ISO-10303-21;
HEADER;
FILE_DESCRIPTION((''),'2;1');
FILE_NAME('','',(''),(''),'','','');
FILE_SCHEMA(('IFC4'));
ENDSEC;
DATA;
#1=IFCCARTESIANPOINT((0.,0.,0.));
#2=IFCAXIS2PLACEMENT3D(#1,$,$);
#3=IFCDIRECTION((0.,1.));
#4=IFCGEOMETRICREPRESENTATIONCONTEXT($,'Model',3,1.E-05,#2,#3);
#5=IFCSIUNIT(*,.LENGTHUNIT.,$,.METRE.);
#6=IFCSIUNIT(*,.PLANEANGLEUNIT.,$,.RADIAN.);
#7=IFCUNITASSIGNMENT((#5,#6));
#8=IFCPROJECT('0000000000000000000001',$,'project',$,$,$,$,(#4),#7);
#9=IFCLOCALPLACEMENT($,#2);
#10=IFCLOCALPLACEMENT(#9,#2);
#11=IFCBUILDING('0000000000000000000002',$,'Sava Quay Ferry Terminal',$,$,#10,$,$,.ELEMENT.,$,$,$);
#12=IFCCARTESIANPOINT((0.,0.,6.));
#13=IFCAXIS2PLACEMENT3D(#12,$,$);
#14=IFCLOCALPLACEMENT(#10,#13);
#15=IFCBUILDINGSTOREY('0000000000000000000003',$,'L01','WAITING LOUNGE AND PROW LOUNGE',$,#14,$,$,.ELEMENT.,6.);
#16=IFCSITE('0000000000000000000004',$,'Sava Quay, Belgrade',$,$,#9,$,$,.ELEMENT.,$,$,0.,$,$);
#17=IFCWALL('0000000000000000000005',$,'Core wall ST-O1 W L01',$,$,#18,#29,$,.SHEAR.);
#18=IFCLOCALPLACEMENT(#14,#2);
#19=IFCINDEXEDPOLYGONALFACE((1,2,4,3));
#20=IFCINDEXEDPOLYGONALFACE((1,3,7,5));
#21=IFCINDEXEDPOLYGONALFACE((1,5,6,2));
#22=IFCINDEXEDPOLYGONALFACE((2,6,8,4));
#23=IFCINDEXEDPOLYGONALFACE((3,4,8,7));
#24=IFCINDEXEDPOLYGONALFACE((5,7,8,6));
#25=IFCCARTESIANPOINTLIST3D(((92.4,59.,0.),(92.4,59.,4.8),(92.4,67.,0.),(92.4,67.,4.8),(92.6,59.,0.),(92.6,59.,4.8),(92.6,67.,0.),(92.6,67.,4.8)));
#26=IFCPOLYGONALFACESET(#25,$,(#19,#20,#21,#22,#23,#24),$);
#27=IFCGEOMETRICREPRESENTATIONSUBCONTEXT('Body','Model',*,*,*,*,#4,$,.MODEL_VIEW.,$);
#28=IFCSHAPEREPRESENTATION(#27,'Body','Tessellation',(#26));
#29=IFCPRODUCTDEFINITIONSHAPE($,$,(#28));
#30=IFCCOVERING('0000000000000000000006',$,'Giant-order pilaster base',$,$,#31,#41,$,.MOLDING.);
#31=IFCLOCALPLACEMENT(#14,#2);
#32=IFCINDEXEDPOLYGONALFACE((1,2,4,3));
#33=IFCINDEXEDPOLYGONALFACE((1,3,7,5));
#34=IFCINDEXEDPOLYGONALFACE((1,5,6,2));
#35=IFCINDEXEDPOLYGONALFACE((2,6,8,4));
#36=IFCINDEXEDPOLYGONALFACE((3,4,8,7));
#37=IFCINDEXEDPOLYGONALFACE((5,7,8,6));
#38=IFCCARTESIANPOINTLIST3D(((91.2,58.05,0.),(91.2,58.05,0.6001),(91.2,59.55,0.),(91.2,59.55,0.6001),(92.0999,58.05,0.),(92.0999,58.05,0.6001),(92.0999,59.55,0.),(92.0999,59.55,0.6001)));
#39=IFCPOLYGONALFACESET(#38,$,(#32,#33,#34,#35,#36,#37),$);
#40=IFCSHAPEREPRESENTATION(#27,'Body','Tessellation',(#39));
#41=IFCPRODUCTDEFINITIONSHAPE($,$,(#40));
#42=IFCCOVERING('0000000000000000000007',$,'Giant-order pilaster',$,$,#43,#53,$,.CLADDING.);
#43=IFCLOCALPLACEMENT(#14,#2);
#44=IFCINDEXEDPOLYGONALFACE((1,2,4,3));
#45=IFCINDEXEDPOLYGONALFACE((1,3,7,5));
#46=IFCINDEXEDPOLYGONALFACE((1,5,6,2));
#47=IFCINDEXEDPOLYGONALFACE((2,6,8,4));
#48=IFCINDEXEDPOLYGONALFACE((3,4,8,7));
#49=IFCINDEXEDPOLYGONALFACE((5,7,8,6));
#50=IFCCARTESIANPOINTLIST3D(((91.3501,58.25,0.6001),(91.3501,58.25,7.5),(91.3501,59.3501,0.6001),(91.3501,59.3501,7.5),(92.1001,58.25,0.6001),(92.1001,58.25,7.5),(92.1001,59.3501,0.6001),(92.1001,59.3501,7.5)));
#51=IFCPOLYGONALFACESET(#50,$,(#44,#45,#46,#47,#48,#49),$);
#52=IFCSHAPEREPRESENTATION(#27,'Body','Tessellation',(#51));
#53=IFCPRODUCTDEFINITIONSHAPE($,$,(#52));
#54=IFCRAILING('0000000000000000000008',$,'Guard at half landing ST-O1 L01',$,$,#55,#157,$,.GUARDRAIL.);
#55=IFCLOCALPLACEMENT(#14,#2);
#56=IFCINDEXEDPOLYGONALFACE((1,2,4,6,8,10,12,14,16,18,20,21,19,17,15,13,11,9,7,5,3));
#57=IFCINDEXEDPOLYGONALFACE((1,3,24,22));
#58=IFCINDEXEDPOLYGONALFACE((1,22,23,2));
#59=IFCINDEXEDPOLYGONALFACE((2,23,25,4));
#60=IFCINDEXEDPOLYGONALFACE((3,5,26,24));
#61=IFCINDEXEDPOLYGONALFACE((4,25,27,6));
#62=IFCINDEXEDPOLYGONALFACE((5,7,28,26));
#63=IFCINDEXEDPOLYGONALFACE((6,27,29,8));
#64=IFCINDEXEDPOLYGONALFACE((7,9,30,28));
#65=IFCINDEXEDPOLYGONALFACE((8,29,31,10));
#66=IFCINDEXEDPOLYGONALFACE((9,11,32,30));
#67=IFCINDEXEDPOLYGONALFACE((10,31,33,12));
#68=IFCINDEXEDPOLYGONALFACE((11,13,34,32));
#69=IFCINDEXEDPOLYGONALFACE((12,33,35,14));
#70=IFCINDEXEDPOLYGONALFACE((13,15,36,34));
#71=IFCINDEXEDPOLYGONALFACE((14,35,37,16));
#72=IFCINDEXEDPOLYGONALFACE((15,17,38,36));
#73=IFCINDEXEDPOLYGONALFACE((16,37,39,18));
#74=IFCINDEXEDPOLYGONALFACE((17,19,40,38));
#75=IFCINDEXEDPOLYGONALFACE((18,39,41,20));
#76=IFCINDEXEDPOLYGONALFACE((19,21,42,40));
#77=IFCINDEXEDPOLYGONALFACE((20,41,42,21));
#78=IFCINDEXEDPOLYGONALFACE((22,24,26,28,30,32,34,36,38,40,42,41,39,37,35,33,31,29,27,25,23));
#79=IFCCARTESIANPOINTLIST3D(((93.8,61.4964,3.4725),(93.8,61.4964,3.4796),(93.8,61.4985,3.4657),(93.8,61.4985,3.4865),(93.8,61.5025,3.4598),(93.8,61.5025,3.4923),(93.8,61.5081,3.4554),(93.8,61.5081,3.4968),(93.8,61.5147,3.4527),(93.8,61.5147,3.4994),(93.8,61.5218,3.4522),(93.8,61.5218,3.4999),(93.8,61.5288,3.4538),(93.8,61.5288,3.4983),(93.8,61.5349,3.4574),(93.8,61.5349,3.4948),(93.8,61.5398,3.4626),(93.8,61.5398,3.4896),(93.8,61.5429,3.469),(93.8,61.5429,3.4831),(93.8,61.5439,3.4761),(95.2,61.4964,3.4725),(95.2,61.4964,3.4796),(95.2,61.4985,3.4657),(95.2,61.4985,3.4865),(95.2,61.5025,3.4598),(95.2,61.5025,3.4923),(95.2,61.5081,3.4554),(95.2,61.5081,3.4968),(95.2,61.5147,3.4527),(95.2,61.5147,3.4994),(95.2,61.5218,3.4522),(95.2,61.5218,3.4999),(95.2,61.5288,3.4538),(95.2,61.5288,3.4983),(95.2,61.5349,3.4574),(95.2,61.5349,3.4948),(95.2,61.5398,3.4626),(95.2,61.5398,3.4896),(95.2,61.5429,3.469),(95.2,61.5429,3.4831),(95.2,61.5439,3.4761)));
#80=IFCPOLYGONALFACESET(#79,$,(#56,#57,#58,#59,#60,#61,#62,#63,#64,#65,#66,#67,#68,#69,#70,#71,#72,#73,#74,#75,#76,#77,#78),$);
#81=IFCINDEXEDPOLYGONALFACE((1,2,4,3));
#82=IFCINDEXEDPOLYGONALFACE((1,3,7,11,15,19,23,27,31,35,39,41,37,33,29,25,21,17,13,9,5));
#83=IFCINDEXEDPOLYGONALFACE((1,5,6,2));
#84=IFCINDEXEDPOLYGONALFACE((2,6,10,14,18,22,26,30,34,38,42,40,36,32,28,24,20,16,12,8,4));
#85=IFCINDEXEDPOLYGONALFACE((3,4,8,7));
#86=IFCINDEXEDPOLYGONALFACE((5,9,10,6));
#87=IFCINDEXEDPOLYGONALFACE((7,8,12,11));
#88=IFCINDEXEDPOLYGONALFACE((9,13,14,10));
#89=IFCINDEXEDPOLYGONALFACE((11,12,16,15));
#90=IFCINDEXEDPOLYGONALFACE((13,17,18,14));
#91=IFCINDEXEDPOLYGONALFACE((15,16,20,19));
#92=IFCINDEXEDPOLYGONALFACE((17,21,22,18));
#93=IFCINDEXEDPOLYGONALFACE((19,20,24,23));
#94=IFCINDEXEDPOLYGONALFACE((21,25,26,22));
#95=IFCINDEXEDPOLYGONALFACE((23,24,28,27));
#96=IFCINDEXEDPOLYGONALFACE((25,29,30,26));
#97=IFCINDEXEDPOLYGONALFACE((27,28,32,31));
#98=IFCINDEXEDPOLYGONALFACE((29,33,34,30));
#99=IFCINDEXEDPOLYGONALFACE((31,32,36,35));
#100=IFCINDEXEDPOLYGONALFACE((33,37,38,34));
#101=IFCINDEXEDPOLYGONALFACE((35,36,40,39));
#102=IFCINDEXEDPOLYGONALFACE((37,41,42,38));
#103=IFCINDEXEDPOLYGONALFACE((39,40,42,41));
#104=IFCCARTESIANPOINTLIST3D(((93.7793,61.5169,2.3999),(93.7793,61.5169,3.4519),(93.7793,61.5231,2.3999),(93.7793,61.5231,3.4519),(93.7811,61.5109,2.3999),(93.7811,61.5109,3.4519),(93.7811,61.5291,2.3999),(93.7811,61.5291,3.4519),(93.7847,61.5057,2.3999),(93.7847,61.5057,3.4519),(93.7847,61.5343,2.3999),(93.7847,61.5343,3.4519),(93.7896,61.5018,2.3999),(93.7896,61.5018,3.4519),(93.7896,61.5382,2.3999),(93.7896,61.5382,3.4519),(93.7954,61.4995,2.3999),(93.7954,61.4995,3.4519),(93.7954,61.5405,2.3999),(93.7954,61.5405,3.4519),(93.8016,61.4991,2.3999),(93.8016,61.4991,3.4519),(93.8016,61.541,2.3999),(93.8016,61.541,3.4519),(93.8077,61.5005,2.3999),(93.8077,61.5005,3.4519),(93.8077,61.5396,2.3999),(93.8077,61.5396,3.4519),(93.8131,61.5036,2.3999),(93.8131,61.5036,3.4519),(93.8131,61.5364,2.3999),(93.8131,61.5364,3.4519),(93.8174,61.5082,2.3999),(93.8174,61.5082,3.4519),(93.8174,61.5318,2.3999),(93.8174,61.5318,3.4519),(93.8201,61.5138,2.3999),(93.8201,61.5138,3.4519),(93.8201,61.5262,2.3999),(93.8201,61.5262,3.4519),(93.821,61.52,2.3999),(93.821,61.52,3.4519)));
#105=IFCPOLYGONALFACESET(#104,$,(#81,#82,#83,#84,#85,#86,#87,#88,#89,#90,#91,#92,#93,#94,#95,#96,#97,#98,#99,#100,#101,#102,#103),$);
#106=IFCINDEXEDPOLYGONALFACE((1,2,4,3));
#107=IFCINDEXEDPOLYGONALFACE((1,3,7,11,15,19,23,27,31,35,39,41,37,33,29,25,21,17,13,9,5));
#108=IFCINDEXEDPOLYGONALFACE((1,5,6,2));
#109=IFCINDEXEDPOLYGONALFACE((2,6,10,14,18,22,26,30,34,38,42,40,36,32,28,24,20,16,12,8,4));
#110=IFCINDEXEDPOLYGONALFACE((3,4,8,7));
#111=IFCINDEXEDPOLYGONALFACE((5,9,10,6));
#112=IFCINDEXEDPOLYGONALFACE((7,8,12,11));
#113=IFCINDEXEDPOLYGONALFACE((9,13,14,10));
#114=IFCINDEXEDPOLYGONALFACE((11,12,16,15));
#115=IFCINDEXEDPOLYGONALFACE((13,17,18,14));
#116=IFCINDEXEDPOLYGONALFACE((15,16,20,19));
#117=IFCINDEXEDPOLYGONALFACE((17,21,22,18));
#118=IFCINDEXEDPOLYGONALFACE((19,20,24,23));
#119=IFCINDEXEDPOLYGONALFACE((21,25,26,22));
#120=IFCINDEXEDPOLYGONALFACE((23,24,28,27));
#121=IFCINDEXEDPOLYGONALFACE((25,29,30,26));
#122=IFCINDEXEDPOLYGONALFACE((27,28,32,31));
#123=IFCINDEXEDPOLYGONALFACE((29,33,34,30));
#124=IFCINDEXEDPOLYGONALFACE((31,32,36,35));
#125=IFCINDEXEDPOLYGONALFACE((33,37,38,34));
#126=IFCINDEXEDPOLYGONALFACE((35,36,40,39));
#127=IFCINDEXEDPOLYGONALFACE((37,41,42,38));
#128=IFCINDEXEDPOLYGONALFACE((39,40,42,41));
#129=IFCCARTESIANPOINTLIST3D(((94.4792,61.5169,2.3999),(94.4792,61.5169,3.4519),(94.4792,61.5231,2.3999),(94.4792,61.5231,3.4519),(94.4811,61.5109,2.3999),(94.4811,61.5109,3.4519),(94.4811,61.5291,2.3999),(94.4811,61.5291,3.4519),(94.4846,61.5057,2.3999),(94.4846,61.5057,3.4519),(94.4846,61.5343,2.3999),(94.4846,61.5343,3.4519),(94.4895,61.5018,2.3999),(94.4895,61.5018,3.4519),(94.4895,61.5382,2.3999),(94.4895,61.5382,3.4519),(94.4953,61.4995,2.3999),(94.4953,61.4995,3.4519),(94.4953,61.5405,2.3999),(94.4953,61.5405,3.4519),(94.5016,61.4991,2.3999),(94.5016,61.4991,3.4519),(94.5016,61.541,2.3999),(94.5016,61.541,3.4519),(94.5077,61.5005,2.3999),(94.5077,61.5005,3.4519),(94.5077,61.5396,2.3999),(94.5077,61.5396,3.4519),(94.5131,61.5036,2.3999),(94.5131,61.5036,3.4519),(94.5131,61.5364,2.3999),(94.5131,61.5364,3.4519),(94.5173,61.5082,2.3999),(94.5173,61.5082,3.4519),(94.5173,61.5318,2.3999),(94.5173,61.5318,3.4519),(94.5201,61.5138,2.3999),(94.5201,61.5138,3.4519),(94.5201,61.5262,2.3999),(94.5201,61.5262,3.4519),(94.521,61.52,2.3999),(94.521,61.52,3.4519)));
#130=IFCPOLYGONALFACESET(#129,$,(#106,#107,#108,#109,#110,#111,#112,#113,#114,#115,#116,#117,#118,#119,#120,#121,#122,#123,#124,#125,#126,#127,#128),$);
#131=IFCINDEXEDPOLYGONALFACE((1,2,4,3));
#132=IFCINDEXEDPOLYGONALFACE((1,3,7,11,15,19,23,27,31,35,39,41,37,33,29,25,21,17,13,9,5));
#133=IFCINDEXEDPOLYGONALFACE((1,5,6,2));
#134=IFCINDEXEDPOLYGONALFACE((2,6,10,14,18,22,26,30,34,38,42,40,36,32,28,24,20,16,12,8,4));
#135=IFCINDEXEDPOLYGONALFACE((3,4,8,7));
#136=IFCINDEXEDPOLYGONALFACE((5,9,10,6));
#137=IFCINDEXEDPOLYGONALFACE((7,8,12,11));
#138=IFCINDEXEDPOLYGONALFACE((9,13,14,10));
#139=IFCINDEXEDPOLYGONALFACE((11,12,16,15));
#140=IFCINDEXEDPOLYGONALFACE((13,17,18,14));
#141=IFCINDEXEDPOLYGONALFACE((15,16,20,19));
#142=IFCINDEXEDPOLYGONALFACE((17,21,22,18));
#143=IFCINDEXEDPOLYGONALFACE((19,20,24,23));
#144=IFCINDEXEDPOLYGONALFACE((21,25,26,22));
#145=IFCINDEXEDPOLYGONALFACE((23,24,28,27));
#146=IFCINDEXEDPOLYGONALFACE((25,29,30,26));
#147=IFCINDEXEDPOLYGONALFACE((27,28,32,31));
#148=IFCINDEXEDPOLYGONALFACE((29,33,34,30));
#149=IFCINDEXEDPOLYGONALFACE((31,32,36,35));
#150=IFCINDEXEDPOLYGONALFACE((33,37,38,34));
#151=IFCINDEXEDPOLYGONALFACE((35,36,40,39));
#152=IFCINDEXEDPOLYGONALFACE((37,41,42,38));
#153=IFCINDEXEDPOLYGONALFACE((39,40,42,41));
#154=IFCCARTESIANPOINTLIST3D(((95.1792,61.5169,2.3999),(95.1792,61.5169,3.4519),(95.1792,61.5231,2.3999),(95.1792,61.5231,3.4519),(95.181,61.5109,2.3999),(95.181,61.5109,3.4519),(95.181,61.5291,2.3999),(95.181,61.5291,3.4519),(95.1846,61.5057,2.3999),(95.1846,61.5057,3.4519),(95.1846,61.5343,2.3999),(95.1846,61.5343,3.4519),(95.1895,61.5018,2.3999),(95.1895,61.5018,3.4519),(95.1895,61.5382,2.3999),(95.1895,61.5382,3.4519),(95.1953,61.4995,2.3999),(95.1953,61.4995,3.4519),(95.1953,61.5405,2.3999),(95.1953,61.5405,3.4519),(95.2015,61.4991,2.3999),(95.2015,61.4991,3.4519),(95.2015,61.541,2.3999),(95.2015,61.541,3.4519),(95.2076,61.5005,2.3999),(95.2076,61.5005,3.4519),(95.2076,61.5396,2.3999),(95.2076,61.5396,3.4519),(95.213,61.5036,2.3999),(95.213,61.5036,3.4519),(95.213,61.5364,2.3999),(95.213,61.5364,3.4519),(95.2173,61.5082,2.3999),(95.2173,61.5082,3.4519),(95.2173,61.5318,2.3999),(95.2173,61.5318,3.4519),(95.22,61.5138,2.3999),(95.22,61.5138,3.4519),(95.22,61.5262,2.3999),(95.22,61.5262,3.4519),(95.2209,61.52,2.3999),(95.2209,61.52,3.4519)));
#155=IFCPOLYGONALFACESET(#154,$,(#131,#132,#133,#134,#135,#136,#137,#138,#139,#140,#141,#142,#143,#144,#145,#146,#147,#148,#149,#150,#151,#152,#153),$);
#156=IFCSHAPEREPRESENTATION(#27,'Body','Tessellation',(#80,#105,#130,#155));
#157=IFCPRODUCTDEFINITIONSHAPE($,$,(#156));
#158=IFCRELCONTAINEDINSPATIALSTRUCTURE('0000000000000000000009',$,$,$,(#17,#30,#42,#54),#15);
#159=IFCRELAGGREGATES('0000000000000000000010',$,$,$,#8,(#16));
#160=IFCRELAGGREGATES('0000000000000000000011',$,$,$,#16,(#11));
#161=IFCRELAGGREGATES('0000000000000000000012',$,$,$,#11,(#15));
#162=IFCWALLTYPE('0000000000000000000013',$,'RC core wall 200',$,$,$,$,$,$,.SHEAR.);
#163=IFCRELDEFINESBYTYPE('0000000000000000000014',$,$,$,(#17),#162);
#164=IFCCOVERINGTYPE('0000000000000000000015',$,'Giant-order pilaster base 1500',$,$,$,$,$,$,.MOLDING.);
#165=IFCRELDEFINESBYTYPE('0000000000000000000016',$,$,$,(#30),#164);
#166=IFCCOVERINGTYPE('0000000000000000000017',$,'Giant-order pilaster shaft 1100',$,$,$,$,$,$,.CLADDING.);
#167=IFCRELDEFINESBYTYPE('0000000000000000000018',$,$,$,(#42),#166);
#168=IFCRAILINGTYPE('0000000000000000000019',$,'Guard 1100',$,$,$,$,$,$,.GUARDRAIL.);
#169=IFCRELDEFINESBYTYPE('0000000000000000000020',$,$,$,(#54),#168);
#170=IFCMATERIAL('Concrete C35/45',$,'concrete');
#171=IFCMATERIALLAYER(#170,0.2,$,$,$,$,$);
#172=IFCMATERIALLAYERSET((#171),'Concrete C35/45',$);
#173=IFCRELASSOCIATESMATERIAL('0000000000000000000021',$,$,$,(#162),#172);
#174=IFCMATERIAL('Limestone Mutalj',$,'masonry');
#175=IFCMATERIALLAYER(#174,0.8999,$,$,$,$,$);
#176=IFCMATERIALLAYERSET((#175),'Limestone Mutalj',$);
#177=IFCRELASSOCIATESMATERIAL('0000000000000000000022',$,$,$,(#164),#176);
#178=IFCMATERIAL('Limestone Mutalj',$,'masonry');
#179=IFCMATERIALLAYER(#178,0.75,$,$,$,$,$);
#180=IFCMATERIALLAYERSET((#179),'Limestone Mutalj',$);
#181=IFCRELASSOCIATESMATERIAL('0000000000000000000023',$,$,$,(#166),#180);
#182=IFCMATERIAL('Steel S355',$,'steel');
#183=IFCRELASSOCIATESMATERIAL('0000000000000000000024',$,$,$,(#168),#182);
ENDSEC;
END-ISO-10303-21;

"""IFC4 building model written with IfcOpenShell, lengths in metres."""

from ifc_helpers import new_model, si_unit, direction, frame, frame_2d, origin, origin_2d, place, context, subcontext, project, spatial, rectangle, circle, extrude, material, layer, layer_set, type_object, element, save


model = new_model("IFC4")

# Units and contexts
model_context = context("Model", 3, precision=1e-05, world=origin(), true_north=direction((0.0, 1.0)))
body_context = subcontext(model_context, "Body", "Model", "MODEL_VIEW")
ifc_project = project(units=[si_unit("LENGTHUNIT", "METRE"), si_unit("PLANEANGLEUNIT", "RADIAN")], contexts=[model_context])

# Site, building, storey
site_placement = place(None, origin())
site = spatial("IfcSite", under=ifc_project, at=site_placement, Name="Sava Quay, Belgrade", CompositionType="ELEMENT", RefElevation=0.0)
building_placement = place(site_placement, origin())
building = spatial("IfcBuilding", under=site, at=building_placement, Name="Sava Quay Ferry Terminal", CompositionType="ELEMENT")
storey_placement = place(building_placement, frame((0.0, 0.0, 6.0)))
storey = spatial("IfcBuildingStorey", under=building, at=storey_placement, Name="L01", Description="WAITING LOUNGE AND PROW LOUNGE", CompositionType="ELEMENT", Elevation=6.0)

# Wall
ifc_material_1 = material(Name="Concrete C35/45", Category="concrete")
ifc_layer_1 = layer(ifc_material_1, 0.2)
ifc_layer_set_1 = layer_set([ifc_layer_1], Name="Concrete C35/45")
wall_type_1 = type_object("IfcWallType", Name="RC core wall 200", PredefinedType="SHEAR", material=ifc_layer_set_1)
wall_1_placement = place(storey_placement, frame((92.5, 59.0, 0.0), z_axis=(0.0, 0.0, 1.0), x_axis=(0.0, 1.0, 0.0)))
element("IfcWall", 1, at=wall_1_placement, inside=storey, type_object=wall_type_1, Name="Core wall ST-O1 W L01", PredefinedType="SHEAR", context=body_context, shape_type="SweptSolid", body=[
    extrude(rectangle(XDim=8.0, YDim=0.2, at=frame_2d((4.0, 0.0))), origin(), (0.0, 0.0, 1.0), 4.8),
])

# Coverings
ifc_material_2 = material(Name="Limestone Mutalj", Category="masonry")
ifc_layer_2 = layer(ifc_material_2, 0.8999)
ifc_layer_set_2 = layer_set([ifc_layer_2], Name="Limestone Mutalj")
covering_type_1 = type_object("IfcCoveringType", Name="Giant-order pilaster base 1500", PredefinedType="MOLDING", material=ifc_layer_set_2)
covering_1_placement = place(storey_placement, frame((91.6499, 58.8, 0.0), z_axis=(0.0, 0.0, 1.0), x_axis=(1.0, 0.0, 0.0)))
element("IfcCovering", 2, at=covering_1_placement, inside=storey, type_object=covering_type_1, Name="Giant-order pilaster base", PredefinedType="MOLDING", context=body_context, shape_type="SweptSolid", body=[
    extrude(rectangle(XDim=0.8999, YDim=1.5, at=origin_2d()), origin(), (0.0, 0.0, 1.0), 0.6001),
])
ifc_material_3 = material(Name="Limestone Mutalj", Category="masonry")
ifc_layer_3 = layer(ifc_material_3, 0.75)
ifc_layer_set_3 = layer_set([ifc_layer_3], Name="Limestone Mutalj")
covering_type_2 = type_object("IfcCoveringType", Name="Giant-order pilaster shaft 1100", PredefinedType="CLADDING", material=ifc_layer_set_3)
covering_2_placement = place(storey_placement, frame((91.7251, 58.8, 0.6001), z_axis=(0.0, 0.0, 1.0), x_axis=(1.0, 0.0, 0.0)))
element("IfcCovering", 3, at=covering_2_placement, inside=storey, type_object=covering_type_2, Name="Giant-order pilaster", PredefinedType="CLADDING", context=body_context, shape_type="SweptSolid", body=[
    extrude(rectangle(XDim=0.75, YDim=1.1001, at=origin_2d()), origin(), (0.0, 0.0, 1.0), 6.8999),
])

# Railing
ifc_material_4 = material(Name="Steel S355", Category="steel")
railing_type = type_object("IfcRailingType", Name="Guard 1100", PredefinedType="GUARDRAIL", material=ifc_material_4)
railing_placement = place(storey_placement, frame((93.8, 61.52, 2.3999)))
element("IfcRailing", 4, at=railing_placement, inside=storey, type_object=railing_type, Name="Guard at half landing ST-O1 L01", PredefinedType="GUARDRAIL", context=body_context, shape_type="SweptSolid", body=[
    extrude(circle(Radius=0.0239, at=origin_2d()), frame((0.0, 0.0, 1.0762), z_axis=(1.0, 0.0, 0.0), x_axis=(0.0, 1.0, 0.0)), (0.0, 0.0, 1.0), 1.3999),
    extrude(circle(Radius=0.021, at=origin_2d()), origin(), (0.0, 0.0, 1.0), 1.052),
    extrude(circle(Radius=0.021, at=origin_2d()), frame((0.7, 0.0, 0.0)), (0.0, 0.0, 1.0), 1.052),
    extrude(circle(Radius=0.021, at=origin_2d()), frame((1.3999, 0.0, 0.0)), (0.0, 0.0, 1.0), 1.052),
])

save(model, "model.ifc")
